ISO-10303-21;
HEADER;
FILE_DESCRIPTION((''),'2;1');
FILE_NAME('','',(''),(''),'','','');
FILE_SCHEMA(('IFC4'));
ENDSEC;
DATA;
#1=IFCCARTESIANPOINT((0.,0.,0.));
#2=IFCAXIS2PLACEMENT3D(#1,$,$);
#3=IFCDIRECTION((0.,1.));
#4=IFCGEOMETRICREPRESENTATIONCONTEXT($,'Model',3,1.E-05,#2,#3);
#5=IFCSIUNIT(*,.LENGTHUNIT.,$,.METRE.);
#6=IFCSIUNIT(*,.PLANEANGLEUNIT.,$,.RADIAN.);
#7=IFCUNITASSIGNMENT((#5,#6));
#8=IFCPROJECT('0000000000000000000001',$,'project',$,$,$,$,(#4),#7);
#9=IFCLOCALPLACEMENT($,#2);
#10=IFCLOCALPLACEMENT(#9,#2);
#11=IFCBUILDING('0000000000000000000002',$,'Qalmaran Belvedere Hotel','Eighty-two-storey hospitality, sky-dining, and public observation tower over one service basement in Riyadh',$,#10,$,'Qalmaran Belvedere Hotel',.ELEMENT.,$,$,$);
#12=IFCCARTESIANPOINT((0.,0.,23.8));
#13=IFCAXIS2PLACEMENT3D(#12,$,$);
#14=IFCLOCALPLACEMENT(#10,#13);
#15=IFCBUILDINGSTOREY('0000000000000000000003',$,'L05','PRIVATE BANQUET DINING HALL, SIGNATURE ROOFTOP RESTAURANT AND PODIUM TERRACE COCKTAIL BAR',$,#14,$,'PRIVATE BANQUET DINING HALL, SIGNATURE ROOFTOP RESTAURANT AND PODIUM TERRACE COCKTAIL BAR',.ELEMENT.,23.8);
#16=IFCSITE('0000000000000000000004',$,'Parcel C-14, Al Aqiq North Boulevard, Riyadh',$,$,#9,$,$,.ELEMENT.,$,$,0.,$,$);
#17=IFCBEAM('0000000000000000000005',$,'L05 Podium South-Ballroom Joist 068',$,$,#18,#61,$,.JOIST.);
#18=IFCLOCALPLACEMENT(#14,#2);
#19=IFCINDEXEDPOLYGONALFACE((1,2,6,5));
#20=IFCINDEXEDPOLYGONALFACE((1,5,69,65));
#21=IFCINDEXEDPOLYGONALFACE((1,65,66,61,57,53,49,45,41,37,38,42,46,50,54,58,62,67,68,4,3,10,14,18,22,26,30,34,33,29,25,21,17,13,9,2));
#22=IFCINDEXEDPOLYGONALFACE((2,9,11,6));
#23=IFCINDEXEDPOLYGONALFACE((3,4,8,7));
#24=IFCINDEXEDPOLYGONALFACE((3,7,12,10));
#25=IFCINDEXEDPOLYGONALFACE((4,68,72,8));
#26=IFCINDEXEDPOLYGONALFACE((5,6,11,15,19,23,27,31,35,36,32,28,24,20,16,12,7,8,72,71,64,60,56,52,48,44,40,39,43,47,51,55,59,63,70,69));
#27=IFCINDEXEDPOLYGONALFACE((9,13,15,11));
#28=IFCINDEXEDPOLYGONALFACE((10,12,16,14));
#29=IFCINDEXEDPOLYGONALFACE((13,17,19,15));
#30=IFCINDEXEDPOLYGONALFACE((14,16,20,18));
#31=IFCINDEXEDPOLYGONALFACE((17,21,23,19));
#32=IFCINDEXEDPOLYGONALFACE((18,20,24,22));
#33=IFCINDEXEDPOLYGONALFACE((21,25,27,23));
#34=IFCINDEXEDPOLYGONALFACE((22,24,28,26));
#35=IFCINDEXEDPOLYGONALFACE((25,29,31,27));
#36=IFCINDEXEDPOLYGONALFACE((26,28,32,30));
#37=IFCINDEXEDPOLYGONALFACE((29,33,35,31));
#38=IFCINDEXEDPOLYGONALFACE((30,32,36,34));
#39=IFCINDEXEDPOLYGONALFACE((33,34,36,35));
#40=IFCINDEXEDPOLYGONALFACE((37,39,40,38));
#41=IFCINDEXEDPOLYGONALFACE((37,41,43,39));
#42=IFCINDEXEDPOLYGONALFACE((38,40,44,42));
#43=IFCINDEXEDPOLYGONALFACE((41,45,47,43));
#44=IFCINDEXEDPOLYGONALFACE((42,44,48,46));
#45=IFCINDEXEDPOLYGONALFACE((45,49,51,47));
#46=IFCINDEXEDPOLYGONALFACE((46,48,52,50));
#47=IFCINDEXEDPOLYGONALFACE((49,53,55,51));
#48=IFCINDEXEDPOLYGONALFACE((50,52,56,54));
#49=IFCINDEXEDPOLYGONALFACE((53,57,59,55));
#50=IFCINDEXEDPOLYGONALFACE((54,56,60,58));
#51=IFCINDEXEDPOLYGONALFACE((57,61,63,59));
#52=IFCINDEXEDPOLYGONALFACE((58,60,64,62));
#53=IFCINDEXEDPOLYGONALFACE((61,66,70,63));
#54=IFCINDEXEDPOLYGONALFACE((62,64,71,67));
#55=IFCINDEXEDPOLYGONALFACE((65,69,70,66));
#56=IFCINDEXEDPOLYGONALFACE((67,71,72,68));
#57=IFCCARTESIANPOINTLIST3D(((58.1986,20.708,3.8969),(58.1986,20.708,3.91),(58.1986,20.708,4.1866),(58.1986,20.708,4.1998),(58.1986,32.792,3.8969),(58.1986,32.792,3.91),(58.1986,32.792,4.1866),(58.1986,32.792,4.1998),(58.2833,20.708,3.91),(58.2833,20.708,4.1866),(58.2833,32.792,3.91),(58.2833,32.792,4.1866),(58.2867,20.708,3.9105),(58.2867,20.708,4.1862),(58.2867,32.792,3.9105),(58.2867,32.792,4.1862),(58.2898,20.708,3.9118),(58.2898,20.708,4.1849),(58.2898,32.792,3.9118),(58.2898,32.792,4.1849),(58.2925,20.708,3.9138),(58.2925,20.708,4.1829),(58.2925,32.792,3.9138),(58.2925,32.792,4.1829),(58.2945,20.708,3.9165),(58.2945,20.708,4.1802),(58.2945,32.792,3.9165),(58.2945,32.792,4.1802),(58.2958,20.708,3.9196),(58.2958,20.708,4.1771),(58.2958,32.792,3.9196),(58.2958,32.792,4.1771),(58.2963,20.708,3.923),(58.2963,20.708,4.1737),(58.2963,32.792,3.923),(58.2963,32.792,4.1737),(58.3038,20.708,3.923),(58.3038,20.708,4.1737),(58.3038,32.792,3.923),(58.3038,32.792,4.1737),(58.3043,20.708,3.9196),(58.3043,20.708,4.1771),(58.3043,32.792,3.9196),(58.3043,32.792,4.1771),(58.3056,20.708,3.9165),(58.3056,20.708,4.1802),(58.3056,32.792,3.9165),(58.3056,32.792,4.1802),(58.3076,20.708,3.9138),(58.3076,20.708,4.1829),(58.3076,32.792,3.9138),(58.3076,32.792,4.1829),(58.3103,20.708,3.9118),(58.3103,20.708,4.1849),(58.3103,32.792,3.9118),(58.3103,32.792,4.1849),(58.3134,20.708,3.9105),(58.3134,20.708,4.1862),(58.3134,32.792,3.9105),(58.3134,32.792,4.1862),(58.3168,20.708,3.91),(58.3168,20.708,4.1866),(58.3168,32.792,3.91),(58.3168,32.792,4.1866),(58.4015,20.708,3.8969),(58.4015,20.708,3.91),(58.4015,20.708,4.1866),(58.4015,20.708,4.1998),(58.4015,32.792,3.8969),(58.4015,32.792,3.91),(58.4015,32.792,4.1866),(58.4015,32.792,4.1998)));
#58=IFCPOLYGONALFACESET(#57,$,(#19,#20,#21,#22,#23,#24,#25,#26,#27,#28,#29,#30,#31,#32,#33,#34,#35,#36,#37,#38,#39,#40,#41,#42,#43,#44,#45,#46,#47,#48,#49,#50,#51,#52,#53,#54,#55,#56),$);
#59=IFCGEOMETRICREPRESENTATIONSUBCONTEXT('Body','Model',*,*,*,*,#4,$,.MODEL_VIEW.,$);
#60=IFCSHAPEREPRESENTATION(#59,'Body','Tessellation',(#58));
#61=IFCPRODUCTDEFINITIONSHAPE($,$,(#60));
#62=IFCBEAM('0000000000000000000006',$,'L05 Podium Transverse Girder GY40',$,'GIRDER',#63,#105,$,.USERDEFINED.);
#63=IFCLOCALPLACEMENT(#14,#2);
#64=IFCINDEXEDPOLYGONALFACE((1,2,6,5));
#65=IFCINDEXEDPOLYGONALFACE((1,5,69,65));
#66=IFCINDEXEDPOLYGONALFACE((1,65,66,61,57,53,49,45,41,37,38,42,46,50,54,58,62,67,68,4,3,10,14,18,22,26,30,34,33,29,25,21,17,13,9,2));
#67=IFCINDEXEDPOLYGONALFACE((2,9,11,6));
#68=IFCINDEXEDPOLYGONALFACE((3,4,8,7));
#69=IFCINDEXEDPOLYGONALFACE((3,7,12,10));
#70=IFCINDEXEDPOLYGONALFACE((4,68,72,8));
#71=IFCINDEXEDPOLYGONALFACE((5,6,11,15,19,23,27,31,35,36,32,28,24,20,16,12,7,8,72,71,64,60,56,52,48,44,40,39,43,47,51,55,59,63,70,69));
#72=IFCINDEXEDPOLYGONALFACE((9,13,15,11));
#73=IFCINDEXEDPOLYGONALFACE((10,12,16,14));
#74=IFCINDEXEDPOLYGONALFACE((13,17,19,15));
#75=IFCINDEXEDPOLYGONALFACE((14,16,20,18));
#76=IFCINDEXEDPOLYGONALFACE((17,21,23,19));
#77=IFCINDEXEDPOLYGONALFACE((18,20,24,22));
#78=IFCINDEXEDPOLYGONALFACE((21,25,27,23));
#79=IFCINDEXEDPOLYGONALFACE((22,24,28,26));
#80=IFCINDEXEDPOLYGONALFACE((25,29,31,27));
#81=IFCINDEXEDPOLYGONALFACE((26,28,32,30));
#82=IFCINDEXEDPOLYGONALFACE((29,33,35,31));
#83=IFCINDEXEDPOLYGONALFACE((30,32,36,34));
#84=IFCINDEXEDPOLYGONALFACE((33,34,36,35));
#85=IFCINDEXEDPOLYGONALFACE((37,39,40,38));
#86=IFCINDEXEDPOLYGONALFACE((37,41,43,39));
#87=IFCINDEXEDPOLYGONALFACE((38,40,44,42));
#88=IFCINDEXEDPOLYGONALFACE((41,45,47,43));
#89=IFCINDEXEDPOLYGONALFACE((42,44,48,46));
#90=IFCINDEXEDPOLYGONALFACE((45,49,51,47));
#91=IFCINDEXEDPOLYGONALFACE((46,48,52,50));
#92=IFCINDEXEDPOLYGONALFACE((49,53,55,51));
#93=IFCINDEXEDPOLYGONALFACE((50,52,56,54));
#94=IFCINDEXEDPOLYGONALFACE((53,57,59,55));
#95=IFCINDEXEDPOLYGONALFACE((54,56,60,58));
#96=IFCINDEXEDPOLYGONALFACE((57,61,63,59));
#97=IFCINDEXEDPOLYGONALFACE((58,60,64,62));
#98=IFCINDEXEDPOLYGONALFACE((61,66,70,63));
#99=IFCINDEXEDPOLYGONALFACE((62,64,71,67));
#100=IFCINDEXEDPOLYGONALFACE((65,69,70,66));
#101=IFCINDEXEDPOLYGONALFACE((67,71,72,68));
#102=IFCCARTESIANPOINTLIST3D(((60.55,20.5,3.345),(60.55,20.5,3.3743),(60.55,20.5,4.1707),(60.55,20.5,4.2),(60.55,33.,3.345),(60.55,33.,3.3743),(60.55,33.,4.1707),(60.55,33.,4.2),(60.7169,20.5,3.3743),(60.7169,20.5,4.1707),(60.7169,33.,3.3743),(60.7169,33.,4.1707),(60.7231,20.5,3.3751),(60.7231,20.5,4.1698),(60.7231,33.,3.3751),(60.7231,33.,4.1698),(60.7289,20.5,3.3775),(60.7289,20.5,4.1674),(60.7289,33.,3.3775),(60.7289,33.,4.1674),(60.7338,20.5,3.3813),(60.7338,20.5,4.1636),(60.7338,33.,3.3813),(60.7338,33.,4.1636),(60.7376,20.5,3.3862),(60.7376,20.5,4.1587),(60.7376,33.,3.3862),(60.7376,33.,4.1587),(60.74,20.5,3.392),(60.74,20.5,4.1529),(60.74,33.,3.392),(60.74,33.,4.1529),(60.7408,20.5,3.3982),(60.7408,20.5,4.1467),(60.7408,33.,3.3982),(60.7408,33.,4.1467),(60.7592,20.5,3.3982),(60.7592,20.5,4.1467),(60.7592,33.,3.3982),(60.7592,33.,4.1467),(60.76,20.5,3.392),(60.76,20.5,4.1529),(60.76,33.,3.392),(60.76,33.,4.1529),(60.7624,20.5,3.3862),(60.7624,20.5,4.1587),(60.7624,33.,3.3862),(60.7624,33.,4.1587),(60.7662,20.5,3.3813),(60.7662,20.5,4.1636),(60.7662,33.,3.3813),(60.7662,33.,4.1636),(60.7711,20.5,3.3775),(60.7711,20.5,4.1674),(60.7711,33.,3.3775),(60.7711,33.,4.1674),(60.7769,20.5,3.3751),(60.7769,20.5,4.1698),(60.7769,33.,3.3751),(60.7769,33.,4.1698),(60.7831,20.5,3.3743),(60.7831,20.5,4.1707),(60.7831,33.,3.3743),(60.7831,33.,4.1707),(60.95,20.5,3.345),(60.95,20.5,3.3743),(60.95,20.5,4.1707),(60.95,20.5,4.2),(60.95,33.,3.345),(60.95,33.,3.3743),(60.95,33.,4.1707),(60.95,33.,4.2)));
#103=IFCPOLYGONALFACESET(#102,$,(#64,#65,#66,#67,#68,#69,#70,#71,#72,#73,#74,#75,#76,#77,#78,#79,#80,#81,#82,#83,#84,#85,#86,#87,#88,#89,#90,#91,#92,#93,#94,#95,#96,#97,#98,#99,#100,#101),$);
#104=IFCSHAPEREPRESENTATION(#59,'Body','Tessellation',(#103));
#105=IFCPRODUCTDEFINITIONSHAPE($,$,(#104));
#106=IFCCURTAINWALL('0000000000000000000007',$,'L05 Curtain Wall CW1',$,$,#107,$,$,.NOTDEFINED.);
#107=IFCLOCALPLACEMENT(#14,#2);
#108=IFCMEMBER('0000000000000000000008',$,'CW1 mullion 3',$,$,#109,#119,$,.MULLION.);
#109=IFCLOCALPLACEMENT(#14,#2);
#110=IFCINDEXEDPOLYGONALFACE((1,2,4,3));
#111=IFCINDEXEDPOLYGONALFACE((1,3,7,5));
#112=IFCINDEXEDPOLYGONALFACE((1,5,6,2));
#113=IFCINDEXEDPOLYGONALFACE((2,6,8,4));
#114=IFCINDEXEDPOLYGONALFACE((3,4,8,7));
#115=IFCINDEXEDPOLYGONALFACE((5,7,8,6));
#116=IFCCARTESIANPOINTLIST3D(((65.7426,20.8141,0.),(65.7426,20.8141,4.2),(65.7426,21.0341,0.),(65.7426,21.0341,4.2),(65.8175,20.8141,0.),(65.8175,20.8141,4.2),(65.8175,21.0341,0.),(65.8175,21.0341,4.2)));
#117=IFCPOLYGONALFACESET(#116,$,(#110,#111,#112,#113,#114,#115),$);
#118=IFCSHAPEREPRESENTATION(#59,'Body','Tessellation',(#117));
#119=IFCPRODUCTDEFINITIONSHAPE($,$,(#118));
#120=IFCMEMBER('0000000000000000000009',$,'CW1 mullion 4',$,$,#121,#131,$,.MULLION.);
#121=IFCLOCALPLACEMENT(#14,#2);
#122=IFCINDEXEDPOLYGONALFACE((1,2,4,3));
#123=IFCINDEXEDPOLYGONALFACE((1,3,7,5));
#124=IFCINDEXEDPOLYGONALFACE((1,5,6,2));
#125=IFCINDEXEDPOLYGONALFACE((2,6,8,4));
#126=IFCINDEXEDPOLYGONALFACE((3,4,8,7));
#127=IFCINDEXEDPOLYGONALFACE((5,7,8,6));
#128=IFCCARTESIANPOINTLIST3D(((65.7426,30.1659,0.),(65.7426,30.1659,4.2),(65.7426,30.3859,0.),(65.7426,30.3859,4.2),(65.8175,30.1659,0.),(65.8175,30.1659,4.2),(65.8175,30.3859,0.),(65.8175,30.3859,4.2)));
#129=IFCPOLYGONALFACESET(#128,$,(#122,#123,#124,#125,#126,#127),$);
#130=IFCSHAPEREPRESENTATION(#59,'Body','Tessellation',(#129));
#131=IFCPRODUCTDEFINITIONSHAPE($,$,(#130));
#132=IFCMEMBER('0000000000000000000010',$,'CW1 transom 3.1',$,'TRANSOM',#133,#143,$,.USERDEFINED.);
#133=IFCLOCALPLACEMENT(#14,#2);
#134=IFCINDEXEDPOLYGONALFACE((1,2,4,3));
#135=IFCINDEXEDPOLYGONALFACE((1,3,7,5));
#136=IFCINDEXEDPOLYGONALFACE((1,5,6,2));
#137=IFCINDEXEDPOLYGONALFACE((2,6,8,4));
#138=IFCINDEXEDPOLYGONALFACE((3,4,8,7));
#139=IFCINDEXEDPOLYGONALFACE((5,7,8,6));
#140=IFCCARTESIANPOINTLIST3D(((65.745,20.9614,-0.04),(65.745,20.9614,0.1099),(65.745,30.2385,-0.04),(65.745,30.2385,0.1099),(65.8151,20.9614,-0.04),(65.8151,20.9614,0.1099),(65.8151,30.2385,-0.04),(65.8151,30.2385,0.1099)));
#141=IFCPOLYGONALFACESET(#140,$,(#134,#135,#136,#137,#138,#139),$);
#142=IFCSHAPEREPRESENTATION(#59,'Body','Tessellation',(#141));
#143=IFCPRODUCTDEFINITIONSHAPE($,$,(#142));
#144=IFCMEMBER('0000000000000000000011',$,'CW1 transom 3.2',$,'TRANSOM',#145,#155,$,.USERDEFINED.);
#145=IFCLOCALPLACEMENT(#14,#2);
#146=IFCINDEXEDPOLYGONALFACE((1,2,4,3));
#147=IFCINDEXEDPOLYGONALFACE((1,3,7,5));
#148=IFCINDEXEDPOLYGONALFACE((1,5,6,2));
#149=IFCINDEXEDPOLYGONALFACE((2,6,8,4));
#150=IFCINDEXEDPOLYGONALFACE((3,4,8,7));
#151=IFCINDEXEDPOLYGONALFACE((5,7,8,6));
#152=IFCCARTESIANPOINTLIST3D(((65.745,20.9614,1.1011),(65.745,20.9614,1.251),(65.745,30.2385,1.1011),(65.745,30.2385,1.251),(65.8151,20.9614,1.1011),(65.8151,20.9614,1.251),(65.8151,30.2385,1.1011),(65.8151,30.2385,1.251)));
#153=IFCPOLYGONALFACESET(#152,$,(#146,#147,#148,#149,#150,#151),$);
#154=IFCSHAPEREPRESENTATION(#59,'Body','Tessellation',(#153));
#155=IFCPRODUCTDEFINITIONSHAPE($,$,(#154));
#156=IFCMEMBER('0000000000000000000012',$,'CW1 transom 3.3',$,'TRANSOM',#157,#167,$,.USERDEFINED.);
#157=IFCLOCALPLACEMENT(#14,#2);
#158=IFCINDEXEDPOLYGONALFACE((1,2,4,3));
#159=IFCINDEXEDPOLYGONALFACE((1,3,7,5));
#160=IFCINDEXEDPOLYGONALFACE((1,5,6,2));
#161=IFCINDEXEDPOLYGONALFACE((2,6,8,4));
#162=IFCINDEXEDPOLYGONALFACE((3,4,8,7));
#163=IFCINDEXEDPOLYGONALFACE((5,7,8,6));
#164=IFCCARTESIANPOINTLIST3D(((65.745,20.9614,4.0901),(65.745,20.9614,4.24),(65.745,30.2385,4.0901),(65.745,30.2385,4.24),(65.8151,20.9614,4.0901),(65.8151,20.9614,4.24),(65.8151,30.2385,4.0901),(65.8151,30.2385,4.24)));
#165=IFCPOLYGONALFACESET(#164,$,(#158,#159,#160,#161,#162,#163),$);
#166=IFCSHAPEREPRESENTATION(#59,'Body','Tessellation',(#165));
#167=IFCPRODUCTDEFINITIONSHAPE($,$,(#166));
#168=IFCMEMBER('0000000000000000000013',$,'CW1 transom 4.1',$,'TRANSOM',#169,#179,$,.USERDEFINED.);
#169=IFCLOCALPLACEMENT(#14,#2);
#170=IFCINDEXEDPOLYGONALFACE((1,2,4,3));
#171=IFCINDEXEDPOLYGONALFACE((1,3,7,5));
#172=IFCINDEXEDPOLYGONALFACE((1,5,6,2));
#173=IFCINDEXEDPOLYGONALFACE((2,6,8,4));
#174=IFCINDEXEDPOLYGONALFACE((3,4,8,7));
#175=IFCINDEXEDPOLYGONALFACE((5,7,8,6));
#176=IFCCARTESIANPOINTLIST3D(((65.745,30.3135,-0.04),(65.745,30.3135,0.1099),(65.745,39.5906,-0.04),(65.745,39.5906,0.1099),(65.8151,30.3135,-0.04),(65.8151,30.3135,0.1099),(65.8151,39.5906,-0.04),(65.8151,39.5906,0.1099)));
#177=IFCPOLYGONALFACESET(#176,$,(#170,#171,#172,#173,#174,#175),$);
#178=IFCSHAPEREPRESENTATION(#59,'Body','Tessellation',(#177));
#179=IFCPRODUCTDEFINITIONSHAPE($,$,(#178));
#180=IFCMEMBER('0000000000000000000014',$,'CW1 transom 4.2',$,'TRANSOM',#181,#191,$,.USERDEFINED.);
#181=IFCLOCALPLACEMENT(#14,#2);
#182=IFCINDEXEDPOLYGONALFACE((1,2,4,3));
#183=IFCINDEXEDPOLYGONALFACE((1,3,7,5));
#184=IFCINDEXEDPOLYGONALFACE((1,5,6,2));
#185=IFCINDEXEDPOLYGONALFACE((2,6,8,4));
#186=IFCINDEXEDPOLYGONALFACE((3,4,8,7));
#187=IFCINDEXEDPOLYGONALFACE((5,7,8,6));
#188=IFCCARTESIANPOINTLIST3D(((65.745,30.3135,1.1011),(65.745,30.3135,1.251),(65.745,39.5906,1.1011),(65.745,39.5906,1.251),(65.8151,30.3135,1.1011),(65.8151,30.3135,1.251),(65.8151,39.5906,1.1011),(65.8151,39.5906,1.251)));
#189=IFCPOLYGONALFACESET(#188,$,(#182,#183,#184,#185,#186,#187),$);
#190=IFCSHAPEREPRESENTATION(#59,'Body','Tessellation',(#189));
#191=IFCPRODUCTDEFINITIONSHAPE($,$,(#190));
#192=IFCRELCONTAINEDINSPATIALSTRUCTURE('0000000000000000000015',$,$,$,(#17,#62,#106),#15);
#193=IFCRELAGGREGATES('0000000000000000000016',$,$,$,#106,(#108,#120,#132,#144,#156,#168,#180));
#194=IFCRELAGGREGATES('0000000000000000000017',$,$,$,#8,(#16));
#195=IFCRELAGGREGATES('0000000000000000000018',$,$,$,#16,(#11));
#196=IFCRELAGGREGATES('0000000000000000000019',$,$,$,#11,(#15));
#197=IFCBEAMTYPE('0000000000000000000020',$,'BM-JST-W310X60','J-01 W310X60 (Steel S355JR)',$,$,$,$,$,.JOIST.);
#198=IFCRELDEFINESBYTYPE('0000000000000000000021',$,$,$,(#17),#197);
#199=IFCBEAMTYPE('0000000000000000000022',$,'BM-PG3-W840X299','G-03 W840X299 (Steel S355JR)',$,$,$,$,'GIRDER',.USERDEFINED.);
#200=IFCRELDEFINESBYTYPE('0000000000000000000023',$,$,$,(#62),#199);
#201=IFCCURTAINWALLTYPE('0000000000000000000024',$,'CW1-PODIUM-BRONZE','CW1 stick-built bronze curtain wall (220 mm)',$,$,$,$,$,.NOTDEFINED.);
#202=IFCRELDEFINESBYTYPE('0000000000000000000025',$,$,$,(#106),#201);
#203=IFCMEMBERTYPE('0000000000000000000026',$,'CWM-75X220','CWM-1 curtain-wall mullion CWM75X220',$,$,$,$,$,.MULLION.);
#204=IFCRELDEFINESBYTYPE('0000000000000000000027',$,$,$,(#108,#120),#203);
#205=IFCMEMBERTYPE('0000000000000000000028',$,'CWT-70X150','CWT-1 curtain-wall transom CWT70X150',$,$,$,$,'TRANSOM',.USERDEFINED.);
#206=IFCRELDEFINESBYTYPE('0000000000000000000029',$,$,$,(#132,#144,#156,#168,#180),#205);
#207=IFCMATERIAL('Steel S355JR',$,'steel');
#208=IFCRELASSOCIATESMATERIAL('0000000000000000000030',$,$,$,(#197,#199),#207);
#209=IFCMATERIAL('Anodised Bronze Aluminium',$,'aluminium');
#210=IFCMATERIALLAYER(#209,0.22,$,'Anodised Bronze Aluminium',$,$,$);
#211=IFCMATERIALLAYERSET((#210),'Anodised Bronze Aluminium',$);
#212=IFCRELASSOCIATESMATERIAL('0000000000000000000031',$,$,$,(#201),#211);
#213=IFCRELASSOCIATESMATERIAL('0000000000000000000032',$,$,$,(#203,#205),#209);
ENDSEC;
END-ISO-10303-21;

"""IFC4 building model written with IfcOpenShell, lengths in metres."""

from ifc_helpers import new_model, si_unit, direction, frame, origin, origin_2d, place, context, subcontext, project, spatial, rectangle, i_section, extrude, material, layer, layer_set, material_profile, profile_set, type_object, element, aggregate, save


model = new_model("IFC4")

# Units and contexts
model_context = context("Model", 3, precision=1e-05, world=origin(), true_north=direction((0.0, 1.0)))
body_context = subcontext(model_context, "Body", "Model", "MODEL_VIEW")
ifc_project = project(units=[si_unit("LENGTHUNIT", "METRE"), si_unit("PLANEANGLEUNIT", "RADIAN")], contexts=[model_context])

# Site, building, storey
site_placement = place(None, origin())
site = spatial("IfcSite", under=ifc_project, at=site_placement, Name="Parcel C-14, Al Aqiq North Boulevard, Riyadh", CompositionType="ELEMENT", RefElevation=0.0)
building_placement = place(site_placement, origin())
building = spatial("IfcBuilding", under=site, at=building_placement, Name="Qalmaran Belvedere Hotel", Description="Eighty-two-storey hospitality, sky-dining, and public observation tower over one service basement in Riyadh", LongName="Qalmaran Belvedere Hotel", CompositionType="ELEMENT")
storey_placement = place(building_placement, frame((0.0, 0.0, 23.8)))
storey = spatial("IfcBuildingStorey", under=building, at=storey_placement, Name="L05", Description="PRIVATE BANQUET DINING HALL, SIGNATURE ROOFTOP RESTAURANT AND PODIUM TERRACE COCKTAIL BAR", LongName="PRIVATE BANQUET DINING HALL, SIGNATURE ROOFTOP RESTAURANT AND PODIUM TERRACE COCKTAIL BAR", CompositionType="ELEMENT", Elevation=23.8)

# Beams
ifc_material_1 = material(Name="Steel S355JR", Category="steel")
ifc_material_profile_1 = material_profile(ifc_material_1, i_section(OverallWidth=0.2029, OverallDepth=0.303, WebThickness=0.0076, FlangeThickness=0.0132, FilletRadius=0.0129, at=origin_2d()), Name="W310X60")
ifc_profile_set_1 = profile_set([ifc_material_profile_1], Name="Steel S355JR")
beam_type_1 = type_object("IfcBeamType", Name="BM-JST-W310X60", Description="J-01 W310X60 (Steel S355JR)", PredefinedType="JOIST", material=ifc_profile_set_1)
for number, where, z_axis, x_axis, name in (
    (1, (58.3, 20.708, 4.0483), (0.0, 1.0, 0.0), (-1.0, 0.0, 0.0), "L05 Podium South-Ballroom Joist 068"),
):
    element("IfcBeam", number, at=place(storey_placement, frame(where, z_axis=z_axis, x_axis=x_axis)), inside=storey, type_object=beam_type_1, Name=name, PredefinedType="JOIST", context=body_context, shape_type="SweptSolid", body=[
        extrude(i_section(OverallWidth=0.2029, OverallDepth=0.303, WebThickness=0.0076, FlangeThickness=0.0132, FilletRadius=0.0129, at=origin_2d()), origin(), (0.0, 0.0, 1.0), 12.084),
    ])
ifc_material_profile_2 = material_profile(ifc_material_1, i_section(OverallWidth=0.3999, OverallDepth=0.855, WebThickness=0.0183, FlangeThickness=0.0293, FilletRadius=0.0239, at=origin_2d()), Name="W840X299")
ifc_profile_set_2 = profile_set([ifc_material_profile_2], Name="Steel S355JR")
beam_type_2 = type_object("IfcBeamType", Name="BM-PG3-W840X299", Description="G-03 W840X299 (Steel S355JR)", ElementType="GIRDER", PredefinedType="USERDEFINED", material=ifc_profile_set_2)
beam_placement = place(storey_placement, frame((60.75, 20.5, 3.7725), z_axis=(0.0, 1.0, 0.0), x_axis=(-1.0, 0.0, 0.0)))
element("IfcBeam", 2, at=beam_placement, inside=storey, type_object=beam_type_2, Name="L05 Podium Transverse Girder GY40", ObjectType="GIRDER", PredefinedType="USERDEFINED", context=body_context, shape_type="SweptSolid", body=[
    extrude(i_section(OverallWidth=0.3999, OverallDepth=0.855, WebThickness=0.0183, FlangeThickness=0.0293, FilletRadius=0.0239, at=origin_2d()), origin(), (0.0, 0.0, 1.0), 12.5),
])

# Curtain wall, members
ifc_material_2 = material(Name="Anodised Bronze Aluminium", Category="aluminium")
ifc_layer_1 = layer(ifc_material_2, 0.22, Name="Anodised Bronze Aluminium")
ifc_layer_set_1 = layer_set([ifc_layer_1], Name="Anodised Bronze Aluminium")
curtain_wall_type = type_object("IfcCurtainWallType", Name="CW1-PODIUM-BRONZE", Description="CW1 stick-built bronze curtain wall (220 mm)", PredefinedType="NOTDEFINED", material=ifc_layer_set_1)
curtain_wall_placement = place(storey_placement, origin())
curtain_wall = element("IfcCurtainWall", 3, at=curtain_wall_placement, inside=storey, type_object=curtain_wall_type, Name="L05 Curtain Wall CW1", PredefinedType="NOTDEFINED")
ifc_material_profile_3 = material_profile(ifc_material_2, rectangle(XDim=0.075, YDim=0.22, at=origin_2d()), Name="CWM75X220")
ifc_profile_set_3 = profile_set([ifc_material_profile_3], Name="Anodised Bronze Aluminium")
member_type_1 = type_object("IfcMemberType", Name="CWM-75X220", Description="CWM-1 curtain-wall mullion CWM75X220", PredefinedType="MULLION", material=ifc_profile_set_3)
member_1_placement = place(storey_placement, frame((65.78, 20.9241, 0.0), z_axis=(0.0, 0.0, 1.0), x_axis=(-1.0, 0.0, 0.0)))
member_1 = element("IfcMember", 4, at=member_1_placement, type_object=member_type_1, Name="CW1 mullion 3", PredefinedType="MULLION", context=body_context, shape_type="SweptSolid", body=[
    extrude(rectangle(XDim=0.075, YDim=0.22, at=origin_2d()), origin(), (0.0, 0.0, 1.0), 4.2),
])
member_2_placement = place(storey_placement, frame((65.78, 30.2759, 0.0), z_axis=(0.0, 0.0, 1.0), x_axis=(-1.0, 0.0, 0.0)))
member_2 = element("IfcMember", 5, at=member_2_placement, type_object=member_type_1, Name="CW1 mullion 4", PredefinedType="MULLION", context=body_context, shape_type="SweptSolid", body=[
    extrude(rectangle(XDim=0.075, YDim=0.22, at=origin_2d()), origin(), (0.0, 0.0, 1.0), 4.2),
])
ifc_material_profile_4 = material_profile(ifc_material_2, rectangle(XDim=0.0701, YDim=0.1499, at=origin_2d()), Name="CWT70X150")
ifc_profile_set_4 = profile_set([ifc_material_profile_4], Name="Anodised Bronze Aluminium")
member_type_2 = type_object("IfcMemberType", Name="CWT-70X150", Description="CWT-1 curtain-wall transom CWT70X150", ElementType="TRANSOM", PredefinedType="USERDEFINED", material=ifc_profile_set_4)
member_3_placement = place(storey_placement, frame((65.78, 20.9614, 0.0349), z_axis=(0.0, 1.0, 0.0), x_axis=(-1.0, 0.0, 0.0)))
member_3 = element("IfcMember", 6, at=member_3_placement, type_object=member_type_2, Name="CW1 transom 3.1", ObjectType="TRANSOM", PredefinedType="USERDEFINED", context=body_context, shape_type="SweptSolid", body=[
    extrude(rectangle(XDim=0.0701, YDim=0.1499, at=origin_2d()), origin(), (0.0, 0.0, 1.0), 9.2771),
])
member_4_placement = place(storey_placement, frame((65.78, 20.9614, 1.176), z_axis=(0.0, 1.0, 0.0), x_axis=(-1.0, 0.0, 0.0)))
member_4 = element("IfcMember", 7, at=member_4_placement, type_object=member_type_2, Name="CW1 transom 3.2", ObjectType="TRANSOM", PredefinedType="USERDEFINED", context=body_context, shape_type="SweptSolid", body=[
    extrude(rectangle(XDim=0.0701, YDim=0.1499, at=origin_2d()), origin(), (0.0, 0.0, 1.0), 9.2771),
])
member_5_placement = place(storey_placement, frame((65.78, 20.9614, 4.165), z_axis=(0.0, 1.0, 0.0), x_axis=(-1.0, 0.0, 0.0)))
member_5 = element("IfcMember", 8, at=member_5_placement, type_object=member_type_2, Name="CW1 transom 3.3", ObjectType="TRANSOM", PredefinedType="USERDEFINED", context=body_context, shape_type="SweptSolid", body=[
    extrude(rectangle(XDim=0.0701, YDim=0.1499, at=origin_2d()), origin(), (0.0, 0.0, 1.0), 9.2771),
])
member_6_placement = place(storey_placement, frame((65.78, 30.3135, 0.0349), z_axis=(0.0, 1.0, 0.0), x_axis=(-1.0, 0.0, 0.0)))
member_6 = element("IfcMember", 9, at=member_6_placement, type_object=member_type_2, Name="CW1 transom 4.1", ObjectType="TRANSOM", PredefinedType="USERDEFINED", context=body_context, shape_type="SweptSolid", body=[
    extrude(rectangle(XDim=0.0701, YDim=0.1499, at=origin_2d()), origin(), (0.0, 0.0, 1.0), 9.2771),
])
member_7_placement = place(storey_placement, frame((65.78, 30.3135, 1.176), z_axis=(0.0, 1.0, 0.0), x_axis=(-1.0, 0.0, 0.0)))
member_7 = element("IfcMember", 10, at=member_7_placement, type_object=member_type_2, Name="CW1 transom 4.2", ObjectType="TRANSOM", PredefinedType="USERDEFINED", context=body_context, shape_type="SweptSolid", body=[
    extrude(rectangle(XDim=0.0701, YDim=0.1499, at=origin_2d()), origin(), (0.0, 0.0, 1.0), 9.2771),
])
aggregate(curtain_wall, [member_1, member_2, member_3, member_4, member_5, member_6, member_7])

save(model, "model.ifc")
